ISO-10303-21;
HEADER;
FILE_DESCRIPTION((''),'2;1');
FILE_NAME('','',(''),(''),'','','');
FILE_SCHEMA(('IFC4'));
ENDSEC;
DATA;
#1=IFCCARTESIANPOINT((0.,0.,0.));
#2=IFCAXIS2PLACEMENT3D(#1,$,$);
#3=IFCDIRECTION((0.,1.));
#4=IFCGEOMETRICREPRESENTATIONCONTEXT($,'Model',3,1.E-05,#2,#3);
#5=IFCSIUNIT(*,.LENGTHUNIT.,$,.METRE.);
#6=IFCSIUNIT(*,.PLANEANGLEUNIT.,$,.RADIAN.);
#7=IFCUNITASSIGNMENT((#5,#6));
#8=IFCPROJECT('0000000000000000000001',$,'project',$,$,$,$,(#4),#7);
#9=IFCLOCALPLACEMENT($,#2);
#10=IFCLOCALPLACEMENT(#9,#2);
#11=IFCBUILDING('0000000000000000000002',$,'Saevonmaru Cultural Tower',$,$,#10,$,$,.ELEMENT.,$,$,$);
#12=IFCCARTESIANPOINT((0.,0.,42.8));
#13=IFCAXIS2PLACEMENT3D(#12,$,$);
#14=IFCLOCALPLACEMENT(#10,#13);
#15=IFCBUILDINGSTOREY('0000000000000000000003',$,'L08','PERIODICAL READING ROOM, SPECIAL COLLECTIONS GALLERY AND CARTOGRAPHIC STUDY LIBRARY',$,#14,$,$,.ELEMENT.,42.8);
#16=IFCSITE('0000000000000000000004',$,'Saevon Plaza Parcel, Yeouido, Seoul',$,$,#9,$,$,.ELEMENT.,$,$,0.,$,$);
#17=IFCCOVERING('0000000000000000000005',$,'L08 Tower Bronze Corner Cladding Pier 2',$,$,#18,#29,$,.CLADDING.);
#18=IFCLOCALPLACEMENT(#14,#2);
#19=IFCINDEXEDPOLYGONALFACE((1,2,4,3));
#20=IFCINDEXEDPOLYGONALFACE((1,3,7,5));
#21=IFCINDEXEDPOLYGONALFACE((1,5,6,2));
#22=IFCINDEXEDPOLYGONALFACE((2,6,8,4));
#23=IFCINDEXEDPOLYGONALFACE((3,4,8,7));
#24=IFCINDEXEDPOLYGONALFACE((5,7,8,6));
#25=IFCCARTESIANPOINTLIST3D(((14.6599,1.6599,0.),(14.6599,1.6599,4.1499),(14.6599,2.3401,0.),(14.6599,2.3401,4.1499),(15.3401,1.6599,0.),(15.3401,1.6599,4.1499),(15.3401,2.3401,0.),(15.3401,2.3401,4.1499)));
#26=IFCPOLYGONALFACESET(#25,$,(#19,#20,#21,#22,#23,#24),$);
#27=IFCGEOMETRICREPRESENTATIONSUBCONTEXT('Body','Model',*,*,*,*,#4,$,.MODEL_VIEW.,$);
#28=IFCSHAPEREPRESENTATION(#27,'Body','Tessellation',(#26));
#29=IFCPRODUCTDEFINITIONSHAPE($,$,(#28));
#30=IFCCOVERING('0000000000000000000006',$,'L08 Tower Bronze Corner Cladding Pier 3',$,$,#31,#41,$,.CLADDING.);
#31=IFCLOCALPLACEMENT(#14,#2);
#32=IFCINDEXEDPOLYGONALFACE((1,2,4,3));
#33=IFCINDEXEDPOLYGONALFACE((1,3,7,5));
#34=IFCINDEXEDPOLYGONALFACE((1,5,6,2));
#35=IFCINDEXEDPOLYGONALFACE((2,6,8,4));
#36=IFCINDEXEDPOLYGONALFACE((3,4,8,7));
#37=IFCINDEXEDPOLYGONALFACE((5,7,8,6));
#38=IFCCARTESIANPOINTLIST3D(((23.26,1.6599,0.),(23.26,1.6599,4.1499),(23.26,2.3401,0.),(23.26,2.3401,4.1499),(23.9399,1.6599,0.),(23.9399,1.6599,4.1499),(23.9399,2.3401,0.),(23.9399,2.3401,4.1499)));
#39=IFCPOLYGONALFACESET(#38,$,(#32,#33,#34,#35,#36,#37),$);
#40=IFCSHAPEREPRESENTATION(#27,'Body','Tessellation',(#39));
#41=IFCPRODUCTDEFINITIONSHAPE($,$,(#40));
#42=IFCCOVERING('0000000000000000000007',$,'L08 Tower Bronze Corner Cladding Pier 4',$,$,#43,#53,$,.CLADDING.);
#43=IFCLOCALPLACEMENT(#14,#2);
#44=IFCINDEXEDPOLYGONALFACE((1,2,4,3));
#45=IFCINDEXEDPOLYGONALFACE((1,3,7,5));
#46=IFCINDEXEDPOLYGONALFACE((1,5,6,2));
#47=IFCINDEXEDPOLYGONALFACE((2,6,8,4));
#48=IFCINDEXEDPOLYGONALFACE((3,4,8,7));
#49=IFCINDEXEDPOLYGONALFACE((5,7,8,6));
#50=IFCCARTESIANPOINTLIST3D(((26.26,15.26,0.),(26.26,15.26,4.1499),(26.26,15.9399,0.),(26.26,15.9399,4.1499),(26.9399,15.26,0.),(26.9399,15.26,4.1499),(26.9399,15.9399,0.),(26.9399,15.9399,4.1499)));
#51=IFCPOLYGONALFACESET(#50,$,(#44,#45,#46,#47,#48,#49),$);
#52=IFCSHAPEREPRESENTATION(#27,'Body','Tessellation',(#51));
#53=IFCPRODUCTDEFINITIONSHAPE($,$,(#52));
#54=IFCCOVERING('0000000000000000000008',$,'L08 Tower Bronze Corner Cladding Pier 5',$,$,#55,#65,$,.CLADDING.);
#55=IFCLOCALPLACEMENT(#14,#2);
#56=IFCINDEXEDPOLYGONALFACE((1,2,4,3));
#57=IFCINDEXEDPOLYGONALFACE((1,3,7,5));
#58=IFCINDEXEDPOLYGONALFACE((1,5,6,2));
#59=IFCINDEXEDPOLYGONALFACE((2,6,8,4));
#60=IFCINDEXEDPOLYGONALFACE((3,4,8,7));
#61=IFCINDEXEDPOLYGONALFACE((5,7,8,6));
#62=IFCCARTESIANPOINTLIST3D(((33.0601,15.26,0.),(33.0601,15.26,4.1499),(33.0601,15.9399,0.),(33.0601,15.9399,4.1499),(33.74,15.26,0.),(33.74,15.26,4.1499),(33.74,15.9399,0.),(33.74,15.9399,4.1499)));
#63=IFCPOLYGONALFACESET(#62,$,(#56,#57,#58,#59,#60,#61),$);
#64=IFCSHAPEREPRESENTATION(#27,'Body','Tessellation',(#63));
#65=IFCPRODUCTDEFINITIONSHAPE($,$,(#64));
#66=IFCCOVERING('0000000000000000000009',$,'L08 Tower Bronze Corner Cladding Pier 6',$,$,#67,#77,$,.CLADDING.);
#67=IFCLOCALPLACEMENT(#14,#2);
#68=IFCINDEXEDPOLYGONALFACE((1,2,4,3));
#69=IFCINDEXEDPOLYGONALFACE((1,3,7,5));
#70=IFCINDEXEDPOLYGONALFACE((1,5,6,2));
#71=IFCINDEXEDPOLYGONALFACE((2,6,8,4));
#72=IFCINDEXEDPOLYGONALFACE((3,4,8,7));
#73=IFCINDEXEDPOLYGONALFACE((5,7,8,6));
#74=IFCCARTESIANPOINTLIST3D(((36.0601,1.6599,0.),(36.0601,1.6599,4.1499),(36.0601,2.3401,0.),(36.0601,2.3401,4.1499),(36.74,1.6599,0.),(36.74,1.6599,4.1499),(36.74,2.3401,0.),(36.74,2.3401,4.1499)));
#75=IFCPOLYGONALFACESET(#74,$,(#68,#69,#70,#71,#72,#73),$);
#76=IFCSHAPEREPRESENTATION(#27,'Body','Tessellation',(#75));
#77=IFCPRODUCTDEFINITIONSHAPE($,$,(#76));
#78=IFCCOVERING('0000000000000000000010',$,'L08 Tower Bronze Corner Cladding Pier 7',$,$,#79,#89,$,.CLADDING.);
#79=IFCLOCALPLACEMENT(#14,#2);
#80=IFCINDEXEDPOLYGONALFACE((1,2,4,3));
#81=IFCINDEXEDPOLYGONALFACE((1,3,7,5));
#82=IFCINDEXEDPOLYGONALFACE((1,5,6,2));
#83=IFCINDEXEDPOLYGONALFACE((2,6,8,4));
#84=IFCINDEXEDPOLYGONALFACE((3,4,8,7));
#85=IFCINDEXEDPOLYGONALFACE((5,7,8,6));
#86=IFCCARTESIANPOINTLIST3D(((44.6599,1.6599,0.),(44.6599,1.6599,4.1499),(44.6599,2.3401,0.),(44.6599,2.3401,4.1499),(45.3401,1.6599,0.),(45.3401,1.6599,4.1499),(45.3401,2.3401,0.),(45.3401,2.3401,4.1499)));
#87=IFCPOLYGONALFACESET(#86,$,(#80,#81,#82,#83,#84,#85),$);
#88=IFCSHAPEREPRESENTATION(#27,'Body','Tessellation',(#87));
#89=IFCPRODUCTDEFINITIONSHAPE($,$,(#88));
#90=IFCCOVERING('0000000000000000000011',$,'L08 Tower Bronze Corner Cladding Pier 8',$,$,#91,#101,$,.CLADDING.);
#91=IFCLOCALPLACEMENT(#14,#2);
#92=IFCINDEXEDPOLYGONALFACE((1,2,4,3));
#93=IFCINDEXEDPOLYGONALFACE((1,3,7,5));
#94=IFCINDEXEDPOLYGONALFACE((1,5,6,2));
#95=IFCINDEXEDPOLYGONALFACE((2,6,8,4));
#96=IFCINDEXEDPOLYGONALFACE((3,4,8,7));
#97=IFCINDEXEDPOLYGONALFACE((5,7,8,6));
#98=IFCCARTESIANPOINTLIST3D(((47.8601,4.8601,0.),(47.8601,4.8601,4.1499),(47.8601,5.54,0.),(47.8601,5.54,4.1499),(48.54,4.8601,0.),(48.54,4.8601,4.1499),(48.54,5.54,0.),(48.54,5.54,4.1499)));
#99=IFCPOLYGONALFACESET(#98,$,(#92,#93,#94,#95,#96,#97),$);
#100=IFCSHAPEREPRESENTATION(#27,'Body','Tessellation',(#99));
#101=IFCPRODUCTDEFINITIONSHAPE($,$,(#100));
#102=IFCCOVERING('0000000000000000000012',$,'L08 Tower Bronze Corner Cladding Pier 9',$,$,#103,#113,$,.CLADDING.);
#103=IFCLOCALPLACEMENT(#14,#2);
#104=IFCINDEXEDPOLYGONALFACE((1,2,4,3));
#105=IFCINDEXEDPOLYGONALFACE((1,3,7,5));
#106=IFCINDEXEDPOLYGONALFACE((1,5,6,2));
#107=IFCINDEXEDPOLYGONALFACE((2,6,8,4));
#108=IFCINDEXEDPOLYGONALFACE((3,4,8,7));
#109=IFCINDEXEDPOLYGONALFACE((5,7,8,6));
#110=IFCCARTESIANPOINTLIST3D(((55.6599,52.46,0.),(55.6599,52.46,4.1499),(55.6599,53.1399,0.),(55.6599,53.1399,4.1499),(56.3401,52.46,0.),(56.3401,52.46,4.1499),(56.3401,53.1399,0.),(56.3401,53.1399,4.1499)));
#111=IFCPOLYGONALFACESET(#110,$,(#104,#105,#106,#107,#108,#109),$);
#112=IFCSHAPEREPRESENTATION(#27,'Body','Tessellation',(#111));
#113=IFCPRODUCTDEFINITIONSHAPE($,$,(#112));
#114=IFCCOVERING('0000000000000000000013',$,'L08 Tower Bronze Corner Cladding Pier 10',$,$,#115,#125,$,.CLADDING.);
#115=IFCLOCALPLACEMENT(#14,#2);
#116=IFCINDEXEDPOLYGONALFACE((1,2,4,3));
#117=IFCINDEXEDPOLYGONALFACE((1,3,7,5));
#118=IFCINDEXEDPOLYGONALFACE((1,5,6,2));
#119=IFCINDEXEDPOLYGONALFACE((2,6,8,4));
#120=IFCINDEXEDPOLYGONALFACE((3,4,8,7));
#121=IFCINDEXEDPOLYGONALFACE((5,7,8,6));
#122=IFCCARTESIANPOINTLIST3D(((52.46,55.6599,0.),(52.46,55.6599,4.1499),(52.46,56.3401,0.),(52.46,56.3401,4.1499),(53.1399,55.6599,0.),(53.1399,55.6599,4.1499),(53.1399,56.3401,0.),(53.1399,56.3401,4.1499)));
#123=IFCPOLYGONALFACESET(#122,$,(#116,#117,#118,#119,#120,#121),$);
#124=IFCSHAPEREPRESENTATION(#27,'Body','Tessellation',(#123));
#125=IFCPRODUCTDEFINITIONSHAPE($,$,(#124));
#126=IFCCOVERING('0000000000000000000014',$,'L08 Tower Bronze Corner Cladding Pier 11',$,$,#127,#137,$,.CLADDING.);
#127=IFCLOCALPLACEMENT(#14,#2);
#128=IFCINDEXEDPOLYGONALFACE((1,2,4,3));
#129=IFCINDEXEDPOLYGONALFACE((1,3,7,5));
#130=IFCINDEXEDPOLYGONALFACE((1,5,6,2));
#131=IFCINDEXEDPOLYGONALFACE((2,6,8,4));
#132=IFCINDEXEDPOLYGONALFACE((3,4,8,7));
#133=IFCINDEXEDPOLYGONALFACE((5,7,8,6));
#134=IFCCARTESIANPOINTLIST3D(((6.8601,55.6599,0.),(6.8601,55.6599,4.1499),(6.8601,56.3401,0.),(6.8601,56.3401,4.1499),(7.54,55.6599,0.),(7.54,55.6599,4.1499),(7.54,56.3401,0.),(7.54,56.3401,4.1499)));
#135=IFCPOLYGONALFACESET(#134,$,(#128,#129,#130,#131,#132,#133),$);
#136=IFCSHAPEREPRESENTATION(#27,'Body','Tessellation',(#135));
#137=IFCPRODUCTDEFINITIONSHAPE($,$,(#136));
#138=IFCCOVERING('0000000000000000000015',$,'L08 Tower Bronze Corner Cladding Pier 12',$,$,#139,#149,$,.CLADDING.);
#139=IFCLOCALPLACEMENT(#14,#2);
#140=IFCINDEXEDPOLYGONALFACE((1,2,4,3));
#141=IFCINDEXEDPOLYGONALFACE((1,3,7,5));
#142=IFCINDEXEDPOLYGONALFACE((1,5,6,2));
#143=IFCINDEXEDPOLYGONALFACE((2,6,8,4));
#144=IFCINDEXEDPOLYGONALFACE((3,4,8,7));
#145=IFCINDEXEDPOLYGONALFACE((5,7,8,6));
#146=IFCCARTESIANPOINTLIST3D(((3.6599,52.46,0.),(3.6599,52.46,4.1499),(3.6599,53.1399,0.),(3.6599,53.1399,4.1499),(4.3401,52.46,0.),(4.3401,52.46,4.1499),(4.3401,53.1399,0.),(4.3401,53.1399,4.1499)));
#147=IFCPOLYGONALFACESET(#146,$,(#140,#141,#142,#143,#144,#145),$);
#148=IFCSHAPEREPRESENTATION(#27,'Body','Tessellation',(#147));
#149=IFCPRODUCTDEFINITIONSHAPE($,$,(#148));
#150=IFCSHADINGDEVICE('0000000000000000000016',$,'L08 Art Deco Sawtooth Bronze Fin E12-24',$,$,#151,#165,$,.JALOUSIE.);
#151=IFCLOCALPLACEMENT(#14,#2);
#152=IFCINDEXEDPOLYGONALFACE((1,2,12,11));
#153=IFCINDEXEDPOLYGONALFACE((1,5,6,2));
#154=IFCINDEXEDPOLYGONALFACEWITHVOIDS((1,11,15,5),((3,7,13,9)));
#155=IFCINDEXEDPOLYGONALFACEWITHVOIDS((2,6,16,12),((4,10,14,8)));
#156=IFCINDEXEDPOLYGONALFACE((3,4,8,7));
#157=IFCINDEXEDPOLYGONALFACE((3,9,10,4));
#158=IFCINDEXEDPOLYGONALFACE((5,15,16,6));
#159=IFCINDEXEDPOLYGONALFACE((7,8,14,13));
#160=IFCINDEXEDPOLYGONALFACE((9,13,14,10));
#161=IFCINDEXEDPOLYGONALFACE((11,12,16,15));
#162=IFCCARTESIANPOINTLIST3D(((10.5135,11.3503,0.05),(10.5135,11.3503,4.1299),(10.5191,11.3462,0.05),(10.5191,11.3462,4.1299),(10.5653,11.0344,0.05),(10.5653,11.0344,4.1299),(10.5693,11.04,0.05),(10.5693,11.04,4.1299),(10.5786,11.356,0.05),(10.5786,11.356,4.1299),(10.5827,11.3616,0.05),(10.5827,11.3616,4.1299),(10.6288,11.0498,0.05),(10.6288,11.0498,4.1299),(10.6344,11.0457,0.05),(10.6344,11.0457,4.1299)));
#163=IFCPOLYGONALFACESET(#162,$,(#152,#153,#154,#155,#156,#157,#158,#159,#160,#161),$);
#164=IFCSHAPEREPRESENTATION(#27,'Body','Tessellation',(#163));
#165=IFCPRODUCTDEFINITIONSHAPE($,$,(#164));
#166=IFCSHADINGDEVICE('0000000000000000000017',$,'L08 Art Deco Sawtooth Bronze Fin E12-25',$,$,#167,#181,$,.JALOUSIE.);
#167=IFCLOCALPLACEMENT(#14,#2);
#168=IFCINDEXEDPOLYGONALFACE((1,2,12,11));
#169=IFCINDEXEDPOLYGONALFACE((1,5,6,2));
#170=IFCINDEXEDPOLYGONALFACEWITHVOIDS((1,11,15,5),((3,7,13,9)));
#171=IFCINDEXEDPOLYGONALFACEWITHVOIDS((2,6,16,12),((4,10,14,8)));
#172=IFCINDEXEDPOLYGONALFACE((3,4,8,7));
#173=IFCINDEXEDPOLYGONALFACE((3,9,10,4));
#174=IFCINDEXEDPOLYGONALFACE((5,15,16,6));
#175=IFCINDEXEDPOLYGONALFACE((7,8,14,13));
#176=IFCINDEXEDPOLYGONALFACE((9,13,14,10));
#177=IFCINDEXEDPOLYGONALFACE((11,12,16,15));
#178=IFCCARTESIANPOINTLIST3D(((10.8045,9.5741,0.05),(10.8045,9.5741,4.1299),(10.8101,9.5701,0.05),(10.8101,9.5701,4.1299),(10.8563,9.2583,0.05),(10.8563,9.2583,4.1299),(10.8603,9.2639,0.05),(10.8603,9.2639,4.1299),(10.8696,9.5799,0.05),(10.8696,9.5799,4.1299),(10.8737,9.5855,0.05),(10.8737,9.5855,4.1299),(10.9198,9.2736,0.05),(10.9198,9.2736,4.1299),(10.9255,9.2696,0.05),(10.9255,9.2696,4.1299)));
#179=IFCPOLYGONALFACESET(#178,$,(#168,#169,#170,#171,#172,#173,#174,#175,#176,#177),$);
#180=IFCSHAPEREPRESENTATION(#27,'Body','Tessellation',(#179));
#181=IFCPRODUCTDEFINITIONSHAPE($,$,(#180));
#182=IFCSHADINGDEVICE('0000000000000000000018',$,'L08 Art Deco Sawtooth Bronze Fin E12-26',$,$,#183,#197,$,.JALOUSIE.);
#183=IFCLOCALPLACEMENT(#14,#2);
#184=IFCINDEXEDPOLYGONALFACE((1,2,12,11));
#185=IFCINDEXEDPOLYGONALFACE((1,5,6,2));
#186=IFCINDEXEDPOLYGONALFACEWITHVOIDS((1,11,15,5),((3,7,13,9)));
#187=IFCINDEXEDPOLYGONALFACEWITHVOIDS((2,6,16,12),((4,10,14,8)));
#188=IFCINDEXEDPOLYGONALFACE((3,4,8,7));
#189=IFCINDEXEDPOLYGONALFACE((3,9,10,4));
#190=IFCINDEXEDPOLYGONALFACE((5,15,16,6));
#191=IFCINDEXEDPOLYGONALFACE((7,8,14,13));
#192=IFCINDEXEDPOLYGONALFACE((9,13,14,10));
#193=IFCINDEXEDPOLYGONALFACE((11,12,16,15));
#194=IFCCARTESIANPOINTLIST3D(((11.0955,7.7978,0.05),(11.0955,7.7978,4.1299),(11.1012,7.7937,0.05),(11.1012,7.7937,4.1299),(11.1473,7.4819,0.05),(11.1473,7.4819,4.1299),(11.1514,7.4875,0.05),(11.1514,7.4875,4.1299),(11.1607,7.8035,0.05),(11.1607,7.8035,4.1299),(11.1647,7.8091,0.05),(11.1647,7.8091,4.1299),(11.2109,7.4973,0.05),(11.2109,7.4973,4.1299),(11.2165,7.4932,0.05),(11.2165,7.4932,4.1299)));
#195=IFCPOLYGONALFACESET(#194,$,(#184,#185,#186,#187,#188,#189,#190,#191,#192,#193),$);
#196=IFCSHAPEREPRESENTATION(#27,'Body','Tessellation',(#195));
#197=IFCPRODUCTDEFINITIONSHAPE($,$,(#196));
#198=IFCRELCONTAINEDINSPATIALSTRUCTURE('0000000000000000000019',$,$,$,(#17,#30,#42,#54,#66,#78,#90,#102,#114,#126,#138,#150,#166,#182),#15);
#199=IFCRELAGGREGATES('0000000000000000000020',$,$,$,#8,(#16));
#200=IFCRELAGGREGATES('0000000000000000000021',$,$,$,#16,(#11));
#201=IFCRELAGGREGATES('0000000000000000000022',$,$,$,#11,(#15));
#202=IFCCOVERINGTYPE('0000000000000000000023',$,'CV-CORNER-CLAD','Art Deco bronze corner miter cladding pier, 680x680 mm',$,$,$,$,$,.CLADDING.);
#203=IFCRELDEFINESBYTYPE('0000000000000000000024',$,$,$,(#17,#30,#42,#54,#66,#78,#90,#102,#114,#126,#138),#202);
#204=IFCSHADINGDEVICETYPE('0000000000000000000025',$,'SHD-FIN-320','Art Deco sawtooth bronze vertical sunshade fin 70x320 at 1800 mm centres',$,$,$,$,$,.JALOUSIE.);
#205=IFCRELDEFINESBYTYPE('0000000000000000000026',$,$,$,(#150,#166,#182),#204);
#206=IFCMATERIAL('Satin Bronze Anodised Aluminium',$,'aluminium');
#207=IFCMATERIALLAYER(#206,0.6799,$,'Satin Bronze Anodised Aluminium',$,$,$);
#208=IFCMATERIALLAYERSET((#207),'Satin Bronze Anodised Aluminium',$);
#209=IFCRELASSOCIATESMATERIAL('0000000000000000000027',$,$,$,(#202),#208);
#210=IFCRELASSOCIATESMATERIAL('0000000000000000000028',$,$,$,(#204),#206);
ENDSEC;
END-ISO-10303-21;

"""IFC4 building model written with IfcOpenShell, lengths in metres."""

from ifc_helpers import new_model, si_unit, direction, frame, origin, origin_2d, place, context, subcontext, project, spatial, polyline, hollow_rectangle, outline, extrude, material, layer, layer_set, material_profile, profile_set, type_object, element, save


model = new_model("IFC4")

# Units and contexts
model_context = context("Model", 3, precision=1e-05, world=origin(), true_north=direction((0.0, 1.0)))
body_context = subcontext(model_context, "Body", "Model", "MODEL_VIEW")
ifc_project = project(units=[si_unit("LENGTHUNIT", "METRE"), si_unit("PLANEANGLEUNIT", "RADIAN")], contexts=[model_context])

# Site, building, storey
site_placement = place(None, origin())
site = spatial("IfcSite", under=ifc_project, at=site_placement, Name="Saevon Plaza Parcel, Yeouido, Seoul", CompositionType="ELEMENT", RefElevation=0.0)
building_placement = place(site_placement, origin())
building = spatial("IfcBuilding", under=site, at=building_placement, Name="Saevonmaru Cultural Tower", CompositionType="ELEMENT")
storey_placement = place(building_placement, frame((0.0, 0.0, 42.8)))
storey = spatial("IfcBuildingStorey", under=building, at=storey_placement, Name="L08", Description="PERIODICAL READING ROOM, SPECIAL COLLECTIONS GALLERY AND CARTOGRAPHIC STUDY LIBRARY", CompositionType="ELEMENT", Elevation=42.8)

# Shared definitions
ifc_material_1 = material(Name="Satin Bronze Anodised Aluminium", Category="aluminium")

# Coverings
ifc_layer_1 = layer(ifc_material_1, 0.6799, Name="Satin Bronze Anodised Aluminium")
ifc_layer_set_1 = layer_set([ifc_layer_1], Name="Satin Bronze Anodised Aluminium")
covering_type = type_object("IfcCoveringType", Name="CV-CORNER-CLAD", Description="Art Deco bronze corner miter cladding pier, 680x680 mm", PredefinedType="CLADDING", material=ifc_layer_set_1)
covering_1_placement = place(storey_placement, origin())
element("IfcCovering", 1, at=covering_1_placement, inside=storey, type_object=covering_type, Name="L08 Tower Bronze Corner Cladding Pier 2", PredefinedType="CLADDING", context=body_context, shape_type="SweptSolid", body=[
    extrude(outline(polyline([(14.6599, 1.6599), (15.3401, 1.6599), (15.3401, 2.3401), (14.6599, 2.3401), (14.6599, 1.6599)])), origin(), (0.0, 0.0, 1.0), 4.1499),
])
covering_2_placement = place(storey_placement, origin())
element("IfcCovering", 2, at=covering_2_placement, inside=storey, type_object=covering_type, Name="L08 Tower Bronze Corner Cladding Pier 3", PredefinedType="CLADDING", context=body_context, shape_type="SweptSolid", body=[
    extrude(outline(polyline([(23.26, 1.6599), (23.9399, 1.6599), (23.9399, 2.3401), (23.26, 2.3401), (23.26, 1.6599)])), origin(), (0.0, 0.0, 1.0), 4.1499),
])
covering_3_placement = place(storey_placement, origin())
element("IfcCovering", 3, at=covering_3_placement, inside=storey, type_object=covering_type, Name="L08 Tower Bronze Corner Cladding Pier 4", PredefinedType="CLADDING", context=body_context, shape_type="SweptSolid", body=[
    extrude(outline(polyline([(26.26, 15.26), (26.9399, 15.26), (26.9399, 15.9399), (26.26, 15.9399), (26.26, 15.26)])), origin(), (0.0, 0.0, 1.0), 4.1499),
])
covering_4_placement = place(storey_placement, origin())
element("IfcCovering", 4, at=covering_4_placement, inside=storey, type_object=covering_type, Name="L08 Tower Bronze Corner Cladding Pier 5", PredefinedType="CLADDING", context=body_context, shape_type="SweptSolid", body=[
    extrude(outline(polyline([(33.0601, 15.26), (33.74, 15.26), (33.74, 15.9399), (33.0601, 15.9399), (33.0601, 15.26)])), origin(), (0.0, 0.0, 1.0), 4.1499),
])
covering_5_placement = place(storey_placement, origin())
element("IfcCovering", 5, at=covering_5_placement, inside=storey, type_object=covering_type, Name="L08 Tower Bronze Corner Cladding Pier 6", PredefinedType="CLADDING", context=body_context, shape_type="SweptSolid", body=[
    extrude(outline(polyline([(36.0601, 1.6599), (36.74, 1.6599), (36.74, 2.3401), (36.0601, 2.3401), (36.0601, 1.6599)])), origin(), (0.0, 0.0, 1.0), 4.1499),
])
covering_6_placement = place(storey_placement, origin())
element("IfcCovering", 6, at=covering_6_placement, inside=storey, type_object=covering_type, Name="L08 Tower Bronze Corner Cladding Pier 7", PredefinedType="CLADDING", context=body_context, shape_type="SweptSolid", body=[
    extrude(outline(polyline([(44.6599, 1.6599), (45.3401, 1.6599), (45.3401, 2.3401), (44.6599, 2.3401), (44.6599, 1.6599)])), origin(), (0.0, 0.0, 1.0), 4.1499),
])
covering_7_placement = place(storey_placement, origin())
element("IfcCovering", 7, at=covering_7_placement, inside=storey, type_object=covering_type, Name="L08 Tower Bronze Corner Cladding Pier 8", PredefinedType="CLADDING", context=body_context, shape_type="SweptSolid", body=[
    extrude(outline(polyline([(47.8601, 4.8601), (48.54, 4.8601), (48.54, 5.54), (47.8601, 5.54), (47.8601, 4.8601)])), origin(), (0.0, 0.0, 1.0), 4.1499),
])
covering_8_placement = place(storey_placement, origin())
element("IfcCovering", 8, at=covering_8_placement, inside=storey, type_object=covering_type, Name="L08 Tower Bronze Corner Cladding Pier 9", PredefinedType="CLADDING", context=body_context, shape_type="SweptSolid", body=[
    extrude(outline(polyline([(55.6599, 52.46), (56.3401, 52.46), (56.3401, 53.1399), (55.6599, 53.1399), (55.6599, 52.46)])), origin(), (0.0, 0.0, 1.0), 4.1499),
])
covering_9_placement = place(storey_placement, origin())
element("IfcCovering", 9, at=covering_9_placement, inside=storey, type_object=covering_type, Name="L08 Tower Bronze Corner Cladding Pier 10", PredefinedType="CLADDING", context=body_context, shape_type="SweptSolid", body=[
    extrude(outline(polyline([(52.46, 55.6599), (53.1399, 55.6599), (53.1399, 56.3401), (52.46, 56.3401), (52.46, 55.6599)])), origin(), (0.0, 0.0, 1.0), 4.1499),
])
covering_10_placement = place(storey_placement, origin())
element("IfcCovering", 10, at=covering_10_placement, inside=storey, type_object=covering_type, Name="L08 Tower Bronze Corner Cladding Pier 11", PredefinedType="CLADDING", context=body_context, shape_type="SweptSolid", body=[
    extrude(outline(polyline([(6.8601, 55.6599), (7.54, 55.6599), (7.54, 56.3401), (6.8601, 56.3401), (6.8601, 55.6599)])), origin(), (0.0, 0.0, 1.0), 4.1499),
])
covering_11_placement = place(storey_placement, origin())
element("IfcCovering", 11, at=covering_11_placement, inside=storey, type_object=covering_type, Name="L08 Tower Bronze Corner Cladding Pier 12", PredefinedType="CLADDING", context=body_context, shape_type="SweptSolid", body=[
    extrude(outline(polyline([(3.6599, 52.46), (4.3401, 52.46), (4.3401, 53.1399), (3.6599, 53.1399), (3.6599, 52.46)])), origin(), (0.0, 0.0, 1.0), 4.1499),
])

# Shading devices
ifc_material_profile_1 = material_profile(ifc_material_1, hollow_rectangle(XDim=0.0701, YDim=0.3201, WallThickness=0.0049, at=origin_2d()), Name="FIN-320x70")
ifc_profile_set_1 = profile_set([ifc_material_profile_1], Name="Satin Bronze Anodised Aluminium")
shading_device_type = type_object("IfcShadingDeviceType", Name="SHD-FIN-320", Description="Art Deco sawtooth bronze vertical sunshade fin 70x320 at 1800 mm centres", PredefinedType="JALOUSIE", material=ifc_profile_set_1)
for number, where, z_axis, x_axis, name in (
    (12, (10.574, 11.198, 0.05), (0.0, 0.0, 1.0), (-0.986827, -0.161776, 0.0), "L08 Art Deco Sawtooth Bronze Fin E12-24"),
    (13, (10.865, 9.4219, 0.05), (0.0, 0.0, 1.0), (-0.986827, -0.161776, 0.0), "L08 Art Deco Sawtooth Bronze Fin E12-25"),
    (14, (11.156, 7.6455, 0.05), (0.0, 0.0, 1.0), (-0.986827, -0.161776, 0.0), "L08 Art Deco Sawtooth Bronze Fin E12-26"),
):
    element("IfcShadingDevice", number, at=place(storey_placement, frame(where, z_axis=z_axis, x_axis=x_axis)), inside=storey, type_object=shading_device_type, Name=name, PredefinedType="JALOUSIE", context=body_context, shape_type="SweptSolid", body=[
        extrude(hollow_rectangle(XDim=0.0701, YDim=0.3201, WallThickness=0.0049, at=origin_2d()), origin(), (0.0, 0.0, 1.0), 4.0798),
    ])

save(model, "model.ifc")
